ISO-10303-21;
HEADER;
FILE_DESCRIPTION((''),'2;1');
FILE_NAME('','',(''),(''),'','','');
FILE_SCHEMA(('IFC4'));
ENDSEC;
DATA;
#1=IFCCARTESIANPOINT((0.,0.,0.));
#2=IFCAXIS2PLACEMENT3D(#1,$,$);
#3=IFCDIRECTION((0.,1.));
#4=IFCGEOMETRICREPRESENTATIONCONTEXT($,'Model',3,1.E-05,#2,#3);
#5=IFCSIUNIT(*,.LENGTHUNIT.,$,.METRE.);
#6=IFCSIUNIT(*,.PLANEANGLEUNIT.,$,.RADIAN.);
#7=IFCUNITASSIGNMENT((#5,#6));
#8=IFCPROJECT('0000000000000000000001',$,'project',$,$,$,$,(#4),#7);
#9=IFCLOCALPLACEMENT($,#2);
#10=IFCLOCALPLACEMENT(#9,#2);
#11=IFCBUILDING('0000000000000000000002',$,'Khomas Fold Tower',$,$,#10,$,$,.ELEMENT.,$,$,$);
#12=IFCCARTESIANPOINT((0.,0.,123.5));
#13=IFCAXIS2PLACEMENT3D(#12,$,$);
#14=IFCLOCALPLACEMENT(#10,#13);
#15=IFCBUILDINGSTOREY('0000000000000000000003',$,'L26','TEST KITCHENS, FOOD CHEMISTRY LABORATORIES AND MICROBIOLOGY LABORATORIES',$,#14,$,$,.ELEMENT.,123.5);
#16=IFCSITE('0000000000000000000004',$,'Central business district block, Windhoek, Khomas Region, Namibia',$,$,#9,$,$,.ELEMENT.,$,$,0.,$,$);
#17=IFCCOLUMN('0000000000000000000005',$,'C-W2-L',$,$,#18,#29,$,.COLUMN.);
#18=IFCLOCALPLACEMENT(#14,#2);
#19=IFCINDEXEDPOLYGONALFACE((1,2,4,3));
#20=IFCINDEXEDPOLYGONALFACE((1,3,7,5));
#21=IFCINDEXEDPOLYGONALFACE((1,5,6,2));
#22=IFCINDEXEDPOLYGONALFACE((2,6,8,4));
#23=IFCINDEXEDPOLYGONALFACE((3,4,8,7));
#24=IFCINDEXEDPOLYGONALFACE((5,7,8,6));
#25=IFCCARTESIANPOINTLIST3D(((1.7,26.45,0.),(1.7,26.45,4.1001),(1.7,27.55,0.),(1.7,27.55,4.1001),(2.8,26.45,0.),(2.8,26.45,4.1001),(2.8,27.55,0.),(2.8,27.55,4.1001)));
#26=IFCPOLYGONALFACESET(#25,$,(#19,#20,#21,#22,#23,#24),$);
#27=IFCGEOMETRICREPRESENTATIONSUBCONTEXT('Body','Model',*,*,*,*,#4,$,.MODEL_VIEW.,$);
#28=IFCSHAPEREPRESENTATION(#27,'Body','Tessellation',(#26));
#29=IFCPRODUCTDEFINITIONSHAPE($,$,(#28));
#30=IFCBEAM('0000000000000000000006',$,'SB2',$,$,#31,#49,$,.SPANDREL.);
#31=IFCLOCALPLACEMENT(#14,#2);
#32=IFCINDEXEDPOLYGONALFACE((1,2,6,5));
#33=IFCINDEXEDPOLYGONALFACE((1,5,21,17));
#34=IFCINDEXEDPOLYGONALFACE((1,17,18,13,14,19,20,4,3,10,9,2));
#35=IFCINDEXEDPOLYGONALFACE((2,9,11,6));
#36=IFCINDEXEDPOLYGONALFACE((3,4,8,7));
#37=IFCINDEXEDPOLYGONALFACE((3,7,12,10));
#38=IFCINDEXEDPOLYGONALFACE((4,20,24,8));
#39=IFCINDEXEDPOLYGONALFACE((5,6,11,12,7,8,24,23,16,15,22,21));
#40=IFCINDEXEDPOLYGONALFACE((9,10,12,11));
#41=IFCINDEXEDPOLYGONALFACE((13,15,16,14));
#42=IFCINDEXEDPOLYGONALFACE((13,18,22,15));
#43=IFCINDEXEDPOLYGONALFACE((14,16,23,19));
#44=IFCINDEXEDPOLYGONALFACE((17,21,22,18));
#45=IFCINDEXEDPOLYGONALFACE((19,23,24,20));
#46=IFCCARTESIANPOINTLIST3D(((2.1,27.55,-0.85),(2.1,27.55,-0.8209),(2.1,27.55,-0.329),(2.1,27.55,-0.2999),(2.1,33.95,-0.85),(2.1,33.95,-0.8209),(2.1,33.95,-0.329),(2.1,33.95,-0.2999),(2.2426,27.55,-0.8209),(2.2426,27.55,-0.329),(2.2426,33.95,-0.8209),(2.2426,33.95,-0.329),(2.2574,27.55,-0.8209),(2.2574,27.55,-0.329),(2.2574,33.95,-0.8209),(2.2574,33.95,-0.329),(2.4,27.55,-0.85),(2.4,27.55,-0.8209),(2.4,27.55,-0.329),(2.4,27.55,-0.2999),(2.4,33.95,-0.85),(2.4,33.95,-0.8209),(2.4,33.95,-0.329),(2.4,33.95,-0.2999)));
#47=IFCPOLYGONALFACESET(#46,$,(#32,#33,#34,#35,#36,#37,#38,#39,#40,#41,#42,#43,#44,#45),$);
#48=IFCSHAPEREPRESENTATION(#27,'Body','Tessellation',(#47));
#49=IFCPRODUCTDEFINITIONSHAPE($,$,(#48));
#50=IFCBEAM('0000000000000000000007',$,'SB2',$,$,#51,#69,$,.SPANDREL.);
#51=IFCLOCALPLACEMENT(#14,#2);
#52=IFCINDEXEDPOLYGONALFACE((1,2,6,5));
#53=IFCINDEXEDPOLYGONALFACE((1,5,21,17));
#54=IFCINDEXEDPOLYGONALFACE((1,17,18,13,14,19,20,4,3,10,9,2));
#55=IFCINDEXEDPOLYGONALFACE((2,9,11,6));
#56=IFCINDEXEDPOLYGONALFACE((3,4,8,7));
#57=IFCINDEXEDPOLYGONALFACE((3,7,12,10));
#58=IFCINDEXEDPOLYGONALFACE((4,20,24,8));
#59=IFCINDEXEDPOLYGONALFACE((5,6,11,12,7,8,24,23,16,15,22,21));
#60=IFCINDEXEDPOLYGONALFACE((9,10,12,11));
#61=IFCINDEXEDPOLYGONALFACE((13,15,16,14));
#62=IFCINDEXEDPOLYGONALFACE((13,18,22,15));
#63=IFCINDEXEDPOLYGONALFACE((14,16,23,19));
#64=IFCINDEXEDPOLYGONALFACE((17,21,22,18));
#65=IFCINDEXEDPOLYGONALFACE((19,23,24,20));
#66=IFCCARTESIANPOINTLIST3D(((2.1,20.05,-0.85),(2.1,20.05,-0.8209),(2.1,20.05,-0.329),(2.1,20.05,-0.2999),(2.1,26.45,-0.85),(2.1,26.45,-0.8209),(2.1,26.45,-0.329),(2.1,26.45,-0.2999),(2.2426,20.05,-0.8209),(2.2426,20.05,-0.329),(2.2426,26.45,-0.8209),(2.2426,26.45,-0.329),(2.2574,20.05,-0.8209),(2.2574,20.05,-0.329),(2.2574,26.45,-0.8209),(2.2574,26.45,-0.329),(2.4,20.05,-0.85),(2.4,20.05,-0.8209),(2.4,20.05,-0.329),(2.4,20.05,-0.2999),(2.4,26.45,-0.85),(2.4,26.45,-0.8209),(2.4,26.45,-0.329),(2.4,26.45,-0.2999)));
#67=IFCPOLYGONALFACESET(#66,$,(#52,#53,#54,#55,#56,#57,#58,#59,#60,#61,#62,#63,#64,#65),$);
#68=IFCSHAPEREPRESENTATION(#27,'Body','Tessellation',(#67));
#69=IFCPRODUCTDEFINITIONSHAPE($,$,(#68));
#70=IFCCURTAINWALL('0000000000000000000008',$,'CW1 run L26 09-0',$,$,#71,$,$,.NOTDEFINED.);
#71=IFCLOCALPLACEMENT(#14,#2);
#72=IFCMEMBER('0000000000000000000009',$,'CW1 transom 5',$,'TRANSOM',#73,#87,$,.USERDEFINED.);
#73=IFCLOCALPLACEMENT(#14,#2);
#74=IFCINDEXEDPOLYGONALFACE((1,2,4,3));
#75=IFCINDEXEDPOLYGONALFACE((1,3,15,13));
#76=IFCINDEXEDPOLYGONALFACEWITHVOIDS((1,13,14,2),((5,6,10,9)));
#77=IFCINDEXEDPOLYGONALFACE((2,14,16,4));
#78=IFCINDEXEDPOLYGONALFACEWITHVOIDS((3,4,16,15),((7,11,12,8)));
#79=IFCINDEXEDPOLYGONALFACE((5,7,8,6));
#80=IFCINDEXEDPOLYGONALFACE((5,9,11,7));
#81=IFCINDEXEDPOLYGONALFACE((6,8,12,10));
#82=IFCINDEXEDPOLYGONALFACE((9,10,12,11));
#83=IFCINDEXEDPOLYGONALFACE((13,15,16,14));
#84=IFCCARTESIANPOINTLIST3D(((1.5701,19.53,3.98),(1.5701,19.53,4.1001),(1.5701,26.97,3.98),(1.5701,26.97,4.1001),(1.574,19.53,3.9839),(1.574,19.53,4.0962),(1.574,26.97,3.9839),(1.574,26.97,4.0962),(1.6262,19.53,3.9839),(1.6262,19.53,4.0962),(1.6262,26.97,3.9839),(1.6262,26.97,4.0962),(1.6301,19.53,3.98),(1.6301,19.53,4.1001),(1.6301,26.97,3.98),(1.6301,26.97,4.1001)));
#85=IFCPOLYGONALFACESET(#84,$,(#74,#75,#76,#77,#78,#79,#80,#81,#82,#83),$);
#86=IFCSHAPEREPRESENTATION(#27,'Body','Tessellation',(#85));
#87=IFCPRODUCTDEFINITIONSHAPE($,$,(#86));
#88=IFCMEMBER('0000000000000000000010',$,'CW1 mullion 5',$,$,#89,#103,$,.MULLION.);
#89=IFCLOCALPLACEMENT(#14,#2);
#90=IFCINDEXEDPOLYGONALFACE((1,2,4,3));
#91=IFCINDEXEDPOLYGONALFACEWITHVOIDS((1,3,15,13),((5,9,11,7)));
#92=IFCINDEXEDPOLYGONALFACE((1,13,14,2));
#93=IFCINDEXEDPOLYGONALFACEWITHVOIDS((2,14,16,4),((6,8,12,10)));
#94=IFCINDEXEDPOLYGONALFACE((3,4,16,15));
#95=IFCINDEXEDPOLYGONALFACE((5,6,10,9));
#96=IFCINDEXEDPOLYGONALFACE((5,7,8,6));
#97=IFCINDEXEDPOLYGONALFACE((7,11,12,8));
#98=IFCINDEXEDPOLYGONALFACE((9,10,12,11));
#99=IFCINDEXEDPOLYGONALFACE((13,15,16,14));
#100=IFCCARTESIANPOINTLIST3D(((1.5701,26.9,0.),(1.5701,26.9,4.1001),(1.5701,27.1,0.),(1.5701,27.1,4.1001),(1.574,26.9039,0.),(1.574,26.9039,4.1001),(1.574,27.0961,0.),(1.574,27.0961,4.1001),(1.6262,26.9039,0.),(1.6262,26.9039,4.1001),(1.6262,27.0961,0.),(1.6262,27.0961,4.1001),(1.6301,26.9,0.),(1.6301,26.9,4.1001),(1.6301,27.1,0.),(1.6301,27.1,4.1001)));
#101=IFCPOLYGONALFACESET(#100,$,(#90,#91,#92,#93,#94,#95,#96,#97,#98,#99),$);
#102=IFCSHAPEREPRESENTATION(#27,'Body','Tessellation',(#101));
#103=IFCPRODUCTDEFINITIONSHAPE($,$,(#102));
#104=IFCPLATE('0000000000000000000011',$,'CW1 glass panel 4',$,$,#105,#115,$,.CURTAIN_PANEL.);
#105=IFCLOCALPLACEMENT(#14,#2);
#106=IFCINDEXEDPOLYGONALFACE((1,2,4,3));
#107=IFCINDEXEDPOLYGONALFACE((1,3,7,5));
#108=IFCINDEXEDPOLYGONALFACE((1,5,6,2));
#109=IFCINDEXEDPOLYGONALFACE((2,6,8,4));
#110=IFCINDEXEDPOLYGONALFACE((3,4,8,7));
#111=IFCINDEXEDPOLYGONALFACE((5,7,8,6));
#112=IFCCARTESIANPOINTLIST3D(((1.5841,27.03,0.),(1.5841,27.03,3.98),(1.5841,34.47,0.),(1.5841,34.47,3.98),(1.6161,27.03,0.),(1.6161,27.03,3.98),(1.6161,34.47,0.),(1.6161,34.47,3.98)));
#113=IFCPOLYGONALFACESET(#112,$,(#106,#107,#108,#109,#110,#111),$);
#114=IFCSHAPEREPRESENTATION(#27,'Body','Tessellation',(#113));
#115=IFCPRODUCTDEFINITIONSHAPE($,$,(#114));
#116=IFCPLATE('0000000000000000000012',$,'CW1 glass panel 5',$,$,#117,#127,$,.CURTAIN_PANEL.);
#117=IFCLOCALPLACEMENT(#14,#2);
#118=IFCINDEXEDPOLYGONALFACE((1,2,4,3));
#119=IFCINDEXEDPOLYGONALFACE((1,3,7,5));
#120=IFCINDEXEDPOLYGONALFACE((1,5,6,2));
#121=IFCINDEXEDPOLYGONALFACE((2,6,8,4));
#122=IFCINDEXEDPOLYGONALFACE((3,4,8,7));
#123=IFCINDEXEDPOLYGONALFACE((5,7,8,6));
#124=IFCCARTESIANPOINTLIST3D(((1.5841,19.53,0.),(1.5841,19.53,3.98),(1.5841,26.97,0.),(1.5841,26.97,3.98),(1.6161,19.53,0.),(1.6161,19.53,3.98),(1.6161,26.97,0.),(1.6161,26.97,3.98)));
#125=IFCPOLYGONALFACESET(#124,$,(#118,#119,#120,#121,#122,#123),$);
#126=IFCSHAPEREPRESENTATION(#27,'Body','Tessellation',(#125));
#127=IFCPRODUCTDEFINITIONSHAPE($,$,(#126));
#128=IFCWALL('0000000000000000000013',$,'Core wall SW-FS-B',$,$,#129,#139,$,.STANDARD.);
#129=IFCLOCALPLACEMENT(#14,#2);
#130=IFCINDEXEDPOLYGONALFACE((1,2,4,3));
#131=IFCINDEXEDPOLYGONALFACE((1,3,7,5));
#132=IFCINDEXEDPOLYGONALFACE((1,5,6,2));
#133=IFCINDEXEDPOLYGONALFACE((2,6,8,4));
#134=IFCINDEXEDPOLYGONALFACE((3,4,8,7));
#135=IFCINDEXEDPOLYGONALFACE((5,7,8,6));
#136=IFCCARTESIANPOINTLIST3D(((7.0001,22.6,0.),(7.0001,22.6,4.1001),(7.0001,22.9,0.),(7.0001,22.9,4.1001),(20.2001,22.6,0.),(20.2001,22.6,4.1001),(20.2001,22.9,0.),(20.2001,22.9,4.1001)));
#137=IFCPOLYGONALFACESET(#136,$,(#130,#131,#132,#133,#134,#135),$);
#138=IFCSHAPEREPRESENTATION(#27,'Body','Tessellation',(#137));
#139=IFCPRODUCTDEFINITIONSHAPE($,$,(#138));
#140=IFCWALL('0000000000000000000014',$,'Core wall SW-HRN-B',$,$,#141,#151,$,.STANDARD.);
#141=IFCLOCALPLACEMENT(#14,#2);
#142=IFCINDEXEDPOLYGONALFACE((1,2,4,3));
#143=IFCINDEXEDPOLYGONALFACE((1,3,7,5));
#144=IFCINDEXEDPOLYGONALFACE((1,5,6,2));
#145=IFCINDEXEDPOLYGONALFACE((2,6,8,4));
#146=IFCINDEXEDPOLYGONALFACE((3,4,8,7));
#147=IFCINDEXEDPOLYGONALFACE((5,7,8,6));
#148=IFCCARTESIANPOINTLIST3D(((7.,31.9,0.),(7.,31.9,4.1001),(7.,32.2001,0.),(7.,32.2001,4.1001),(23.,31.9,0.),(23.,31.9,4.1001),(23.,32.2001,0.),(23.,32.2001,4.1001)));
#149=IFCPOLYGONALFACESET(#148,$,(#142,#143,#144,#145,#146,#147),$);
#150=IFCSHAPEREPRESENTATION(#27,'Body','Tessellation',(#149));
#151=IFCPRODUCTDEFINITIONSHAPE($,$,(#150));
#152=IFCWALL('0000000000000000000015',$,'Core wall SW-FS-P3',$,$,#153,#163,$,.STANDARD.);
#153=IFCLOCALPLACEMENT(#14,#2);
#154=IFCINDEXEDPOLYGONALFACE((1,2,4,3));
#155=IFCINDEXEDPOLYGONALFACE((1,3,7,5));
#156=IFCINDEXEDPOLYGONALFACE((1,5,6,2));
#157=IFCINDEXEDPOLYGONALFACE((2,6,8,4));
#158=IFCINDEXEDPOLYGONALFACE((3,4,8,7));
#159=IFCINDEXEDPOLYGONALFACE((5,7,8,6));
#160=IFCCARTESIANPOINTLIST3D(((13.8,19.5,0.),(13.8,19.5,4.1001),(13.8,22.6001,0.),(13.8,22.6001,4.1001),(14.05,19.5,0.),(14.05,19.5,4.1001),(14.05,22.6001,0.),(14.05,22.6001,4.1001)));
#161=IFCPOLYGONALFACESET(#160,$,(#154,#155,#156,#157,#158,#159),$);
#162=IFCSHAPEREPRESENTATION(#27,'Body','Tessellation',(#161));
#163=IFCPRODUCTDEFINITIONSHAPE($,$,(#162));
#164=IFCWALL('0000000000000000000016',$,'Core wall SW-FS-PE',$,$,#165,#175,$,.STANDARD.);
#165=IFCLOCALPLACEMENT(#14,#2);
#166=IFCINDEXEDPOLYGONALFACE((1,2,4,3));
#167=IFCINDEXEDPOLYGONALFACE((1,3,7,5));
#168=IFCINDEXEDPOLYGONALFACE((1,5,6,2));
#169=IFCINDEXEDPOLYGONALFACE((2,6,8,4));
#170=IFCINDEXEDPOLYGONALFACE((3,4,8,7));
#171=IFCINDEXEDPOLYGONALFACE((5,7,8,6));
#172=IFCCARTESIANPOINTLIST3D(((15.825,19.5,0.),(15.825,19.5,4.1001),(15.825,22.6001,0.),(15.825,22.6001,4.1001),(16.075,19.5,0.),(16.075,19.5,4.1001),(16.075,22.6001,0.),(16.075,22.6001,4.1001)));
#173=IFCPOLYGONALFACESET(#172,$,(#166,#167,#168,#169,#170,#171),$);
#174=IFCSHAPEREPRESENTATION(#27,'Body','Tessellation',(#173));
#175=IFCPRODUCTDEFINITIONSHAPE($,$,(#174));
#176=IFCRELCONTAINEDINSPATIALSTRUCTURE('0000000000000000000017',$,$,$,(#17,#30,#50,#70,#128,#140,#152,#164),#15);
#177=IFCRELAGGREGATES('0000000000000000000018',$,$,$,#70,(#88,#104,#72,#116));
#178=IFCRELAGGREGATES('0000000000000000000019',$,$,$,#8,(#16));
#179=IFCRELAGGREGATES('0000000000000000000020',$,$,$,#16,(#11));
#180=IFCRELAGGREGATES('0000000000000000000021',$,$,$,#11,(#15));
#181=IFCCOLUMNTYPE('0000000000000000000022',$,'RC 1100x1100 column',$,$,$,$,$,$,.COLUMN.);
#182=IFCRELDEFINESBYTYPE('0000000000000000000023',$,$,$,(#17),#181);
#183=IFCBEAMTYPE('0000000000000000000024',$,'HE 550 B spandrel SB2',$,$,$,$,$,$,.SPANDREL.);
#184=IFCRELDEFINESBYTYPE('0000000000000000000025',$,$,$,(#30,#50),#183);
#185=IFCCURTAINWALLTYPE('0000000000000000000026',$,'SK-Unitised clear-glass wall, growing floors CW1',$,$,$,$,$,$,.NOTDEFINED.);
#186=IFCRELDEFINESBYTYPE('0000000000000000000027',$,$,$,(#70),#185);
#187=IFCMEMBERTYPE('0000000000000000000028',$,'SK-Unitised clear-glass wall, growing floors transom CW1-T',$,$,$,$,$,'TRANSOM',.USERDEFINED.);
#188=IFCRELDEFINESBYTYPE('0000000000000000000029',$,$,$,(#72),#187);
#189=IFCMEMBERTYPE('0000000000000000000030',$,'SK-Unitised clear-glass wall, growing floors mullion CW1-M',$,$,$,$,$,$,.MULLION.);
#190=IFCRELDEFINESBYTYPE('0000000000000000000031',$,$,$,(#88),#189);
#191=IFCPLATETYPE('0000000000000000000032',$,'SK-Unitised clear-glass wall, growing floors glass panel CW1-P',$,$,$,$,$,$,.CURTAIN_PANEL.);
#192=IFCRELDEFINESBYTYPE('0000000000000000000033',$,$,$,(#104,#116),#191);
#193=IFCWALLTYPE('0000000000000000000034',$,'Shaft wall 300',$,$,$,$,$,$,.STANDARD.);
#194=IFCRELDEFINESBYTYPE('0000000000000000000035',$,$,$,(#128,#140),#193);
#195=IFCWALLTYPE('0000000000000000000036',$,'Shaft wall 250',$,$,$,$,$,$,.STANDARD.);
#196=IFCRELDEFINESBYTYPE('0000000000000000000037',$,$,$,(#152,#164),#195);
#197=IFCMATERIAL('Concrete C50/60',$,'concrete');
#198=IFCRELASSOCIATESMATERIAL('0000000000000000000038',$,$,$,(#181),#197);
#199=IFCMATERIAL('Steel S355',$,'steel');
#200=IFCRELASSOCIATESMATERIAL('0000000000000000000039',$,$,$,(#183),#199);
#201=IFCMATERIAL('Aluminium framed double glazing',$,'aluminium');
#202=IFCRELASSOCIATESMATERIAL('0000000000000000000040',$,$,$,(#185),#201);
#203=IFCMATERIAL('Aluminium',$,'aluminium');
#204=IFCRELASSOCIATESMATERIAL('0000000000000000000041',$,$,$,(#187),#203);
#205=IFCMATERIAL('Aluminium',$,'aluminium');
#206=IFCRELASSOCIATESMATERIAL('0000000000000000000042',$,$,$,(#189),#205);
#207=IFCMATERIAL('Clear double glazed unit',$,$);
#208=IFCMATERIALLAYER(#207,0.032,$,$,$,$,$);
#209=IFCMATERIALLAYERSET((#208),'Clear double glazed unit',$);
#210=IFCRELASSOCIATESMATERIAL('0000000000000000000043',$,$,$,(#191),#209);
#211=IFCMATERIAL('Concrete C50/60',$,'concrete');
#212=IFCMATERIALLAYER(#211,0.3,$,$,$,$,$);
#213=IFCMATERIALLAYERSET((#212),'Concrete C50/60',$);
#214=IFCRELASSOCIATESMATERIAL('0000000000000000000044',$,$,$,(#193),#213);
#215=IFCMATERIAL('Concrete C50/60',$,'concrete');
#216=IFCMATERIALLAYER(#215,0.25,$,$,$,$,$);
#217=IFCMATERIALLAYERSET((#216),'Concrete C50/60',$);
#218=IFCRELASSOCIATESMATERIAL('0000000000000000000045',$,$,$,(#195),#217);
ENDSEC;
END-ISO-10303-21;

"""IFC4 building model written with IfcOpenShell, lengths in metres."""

from ifc_helpers import new_model, si_unit, direction, frame, frame_2d, origin, origin_2d, place, context, subcontext, project, spatial, rectangle, hollow_rectangle, i_section, extrude, source, transform, mapped, material, layer, layer_set, material_profile, profile_set, type_object, element, aggregate, save


model = new_model("IFC4")

# Units and contexts
model_context = context("Model", 3, precision=1e-05, world=origin(), true_north=direction((0.0, 1.0)))
body_context = subcontext(model_context, "Body", "Model", "MODEL_VIEW")
ifc_project = project(units=[si_unit("LENGTHUNIT", "METRE"), si_unit("PLANEANGLEUNIT", "RADIAN")], contexts=[model_context])

# Site, building, storey
site_placement = place(None, origin())
site = spatial("IfcSite", under=ifc_project, at=site_placement, Name="Central business district block, Windhoek, Khomas Region, Namibia", CompositionType="ELEMENT", RefElevation=0.0)
building_placement = place(site_placement, origin())
building = spatial("IfcBuilding", under=site, at=building_placement, Name="Khomas Fold Tower", CompositionType="ELEMENT")
storey_placement = place(building_placement, frame((0.0, 0.0, 123.5)))
storey = spatial("IfcBuildingStorey", under=building, at=storey_placement, Name="L26", Description="TEST KITCHENS, FOOD CHEMISTRY LABORATORIES AND MICROBIOLOGY LABORATORIES", CompositionType="ELEMENT", Elevation=123.5)

# Column
ifc_material_1 = material(Name="Concrete C50/60", Category="concrete")
ifc_material_profile_1 = material_profile(ifc_material_1, rectangle(XDim=1.1001, YDim=1.1001, at=origin_2d()), Name="RC 1100x1100")
ifc_profile_set_1 = profile_set([ifc_material_profile_1], Name="Concrete C50/60")
column_type = type_object("IfcColumnType", Name="RC 1100x1100 column", PredefinedType="COLUMN", material=ifc_profile_set_1)
shared_shape_1 = source(origin(), body_context, "Body", "SweptSolid", [
    extrude(rectangle(XDim=1.1001, YDim=1.1001, at=origin_2d()), origin(), (0.0, 0.0, 1.0), 4.1001),
])
column_placement = place(storey_placement, frame((2.25, 27.0, 0.0), z_axis=(0.0, 0.0, 1.0), x_axis=(1.0, 0.0, 0.0)))
element("IfcColumn", 1, at=column_placement, inside=storey, type_object=column_type, Name="C-W2-L", PredefinedType="COLUMN", context=body_context, shape_type="MappedRepresentation", body=[
    mapped(shared_shape_1, transform((0.0, 0.0, 0.0))),
])

# Beams
ifc_material_2 = material(Name="Steel S355", Category="steel")
ifc_material_profile_2 = material_profile(ifc_material_2, i_section(OverallWidth=0.3, OverallDepth=0.55, WebThickness=0.0149, FlangeThickness=0.0291, at=origin_2d()), Name="HE 550 B")
ifc_profile_set_2 = profile_set([ifc_material_profile_2], Name="Steel S355")
beam_type = type_object("IfcBeamType", Name="HE 550 B spandrel SB2", PredefinedType="SPANDREL", material=ifc_profile_set_2)
shared_shape_2 = source(origin(), body_context, "Body", "SweptSolid", [
    extrude(i_section(OverallWidth=0.3, OverallDepth=0.55, WebThickness=0.0149, FlangeThickness=0.0291, at=origin_2d()), origin(), (0.0, 0.0, 1.0), 6.3999),
])
for number, where, z_axis, x_axis, name in (
    (2, (2.25, 27.55, -0.575), (0.0, 1.0, 0.0), (-1.0, 0.0, 0.0), "SB2"),
    (3, (2.25, 20.05, -0.575), (0.0, 1.0, 0.0), (-1.0, 0.0, 0.0), "SB2"),
):
    element("IfcBeam", number, at=place(storey_placement, frame(where, z_axis=z_axis, x_axis=x_axis)), inside=storey, type_object=beam_type, Name=name, PredefinedType="SPANDREL", context=body_context, shape_type="MappedRepresentation", body=[
        mapped(shared_shape_2, transform((0.0, 0.0, 0.0))),
    ])

# Curtain wall, members, plates
ifc_material_3 = material(Name="Aluminium framed double glazing", Category="aluminium")
curtain_wall_type = type_object("IfcCurtainWallType", Name="SK-Unitised clear-glass wall, growing floors CW1", PredefinedType="NOTDEFINED", material=ifc_material_3)
curtain_wall_placement = place(storey_placement, origin())
curtain_wall = element("IfcCurtainWall", 4, at=curtain_wall_placement, inside=storey, type_object=curtain_wall_type, Name="CW1 run L26 09-0", PredefinedType="NOTDEFINED")
ifc_material_4 = material(Name="Aluminium", Category="aluminium")
ifc_material_profile_3 = material_profile(ifc_material_4, hollow_rectangle(XDim=0.0601, YDim=0.1201, WallThickness=0.0039, at=origin_2d()), Name="SK-Unitised clear-glass wall, growing floors transom CW1-T")
ifc_profile_set_3 = profile_set([ifc_material_profile_3], Name="Aluminium")
member_type_1 = type_object("IfcMemberType", Name="SK-Unitised clear-glass wall, growing floors transom CW1-T", ElementType="TRANSOM", PredefinedType="USERDEFINED", material=ifc_profile_set_3)
shared_shape_3 = source(origin(), body_context, "Body", "SweptSolid", [
    extrude(hollow_rectangle(XDim=0.0601, YDim=0.1201, WallThickness=0.0039, at=origin_2d()), origin(), (0.0, 0.0, 1.0), 7.4399),
])
member_1_placement = place(storey_placement, frame((1.6001, 26.97, 4.04), z_axis=(0.0, -1.0, 0.0), x_axis=(1.0, 0.0, 0.0)))
member_1 = element("IfcMember", 5, at=member_1_placement, type_object=member_type_1, Name="CW1 transom 5", ObjectType="TRANSOM", PredefinedType="USERDEFINED", context=body_context, shape_type="MappedRepresentation", body=[
    mapped(shared_shape_3, transform((0.0, 0.0, 0.0))),
])
ifc_material_5 = material(Name="Aluminium", Category="aluminium")
ifc_material_profile_4 = material_profile(ifc_material_5, hollow_rectangle(XDim=0.0601, YDim=0.2, WallThickness=0.0039, at=origin_2d()), Name="SK-Unitised clear-glass wall, growing floors mullion CW1-M")
ifc_profile_set_4 = profile_set([ifc_material_profile_4], Name="Aluminium")
member_type_2 = type_object("IfcMemberType", Name="SK-Unitised clear-glass wall, growing floors mullion CW1-M", PredefinedType="MULLION", material=ifc_profile_set_4)
shared_shape_4 = source(origin(), body_context, "Body", "SweptSolid", [
    extrude(hollow_rectangle(XDim=0.0601, YDim=0.2, WallThickness=0.0039, at=origin_2d()), origin(), (0.0, 0.0, 1.0), 4.1001),
])
member_2_placement = place(storey_placement, frame((1.6001, 27.0, 0.0), z_axis=(0.0, 0.0, 1.0), x_axis=(1.0, 0.0, 0.0)))
member_2 = element("IfcMember", 6, at=member_2_placement, type_object=member_type_2, Name="CW1 mullion 5", PredefinedType="MULLION", context=body_context, shape_type="MappedRepresentation", body=[
    mapped(shared_shape_4, transform((0.0, 0.0, 0.0))),
])
ifc_material_6 = material(Name="Clear double glazed unit")
ifc_layer_1 = layer(ifc_material_6, 0.032)
ifc_layer_set_1 = layer_set([ifc_layer_1], Name="Clear double glazed unit")
plate_type = type_object("IfcPlateType", Name="SK-Unitised clear-glass wall, growing floors glass panel CW1-P", PredefinedType="CURTAIN_PANEL", material=ifc_layer_set_1)
shared_shape_5 = source(origin(), body_context, "Body", "SweptSolid", [
    extrude(rectangle(XDim=7.4399, YDim=0.032, at=origin_2d()), origin(), (0.0, 0.0, 1.0), 3.98),
])
plate_1_placement = place(storey_placement, frame((1.6001, 30.75, 0.0), z_axis=(0.0, 0.0, 1.0), x_axis=(0.0, -1.0, 0.0)))
plate_1 = element("IfcPlate", 7, at=plate_1_placement, type_object=plate_type, Name="CW1 glass panel 4", PredefinedType="CURTAIN_PANEL", context=body_context, shape_type="MappedRepresentation", body=[
    mapped(shared_shape_5, transform((0.0, 0.0, 0.0))),
])
plate_2_placement = place(storey_placement, frame((1.6001, 23.25, 0.0), z_axis=(0.0, 0.0, 1.0), x_axis=(0.0, -1.0, 0.0)))
plate_2 = element("IfcPlate", 8, at=plate_2_placement, type_object=plate_type, Name="CW1 glass panel 5", PredefinedType="CURTAIN_PANEL", context=body_context, shape_type="MappedRepresentation", body=[
    mapped(shared_shape_5, transform((0.0, 0.0, 0.0))),
])
aggregate(curtain_wall, [member_2, plate_1, member_1, plate_2])

# Walls
ifc_material_7 = material(Name="Concrete C50/60", Category="concrete")
ifc_layer_2 = layer(ifc_material_7, 0.3)
ifc_layer_set_2 = layer_set([ifc_layer_2], Name="Concrete C50/60")
wall_type_1 = type_object("IfcWallType", Name="Shaft wall 300", PredefinedType="STANDARD", material=ifc_layer_set_2)
shared_shape_6 = source(origin(), body_context, "Body", "SweptSolid", [
    extrude(rectangle(XDim=13.2, YDim=0.3, at=frame_2d((6.6001, 0.0))), origin(), (0.0, 0.0, 1.0), 4.1001),
])
wall_1_placement = place(storey_placement, frame((7.0, 22.75, 0.0), z_axis=(0.0, 0.0, 1.0), x_axis=(1.0, 0.0, 0.0)))
element("IfcWall", 9, at=wall_1_placement, inside=storey, type_object=wall_type_1, Name="Core wall SW-FS-B", PredefinedType="STANDARD", context=body_context, shape_type="MappedRepresentation", body=[
    mapped(shared_shape_6, transform((0.0, 0.0, 0.0))),
])
shared_shape_7 = source(origin(), body_context, "Body", "SweptSolid", [
    extrude(rectangle(XDim=16.0, YDim=0.3, at=frame_2d((8.0, 0.0))), origin(), (0.0, 0.0, 1.0), 4.1001),
])
wall_2_placement = place(storey_placement, frame((7.0, 32.05, 0.0), z_axis=(0.0, 0.0, 1.0), x_axis=(1.0, 0.0, 0.0)))
element("IfcWall", 10, at=wall_2_placement, inside=storey, type_object=wall_type_1, Name="Core wall SW-HRN-B", PredefinedType="STANDARD", context=body_context, shape_type="MappedRepresentation", body=[
    mapped(shared_shape_7, transform((0.0, 0.0, 0.0))),
])
ifc_material_8 = material(Name="Concrete C50/60", Category="concrete")
ifc_layer_3 = layer(ifc_material_8, 0.25)
ifc_layer_set_3 = layer_set([ifc_layer_3], Name="Concrete C50/60")
wall_type_2 = type_object("IfcWallType", Name="Shaft wall 250", PredefinedType="STANDARD", material=ifc_layer_set_3)
shared_shape_8 = source(origin(), body_context, "Body", "SweptSolid", [
    extrude(rectangle(XDim=3.1001, YDim=0.25, at=frame_2d((1.55, 0.0))), origin(), (0.0, 0.0, 1.0), 4.1001),
])
for number, where, z_axis, x_axis, name in (
    (11, (13.925, 19.5, 0.0), (0.0, 0.0, 1.0), (0.0, 1.0, 0.0), "Core wall SW-FS-P3"),
    (12, (15.95, 19.5, 0.0), (0.0, 0.0, 1.0), (0.0, 1.0, 0.0), "Core wall SW-FS-PE"),
):
    element("IfcWall", number, at=place(storey_placement, frame(where, z_axis=z_axis, x_axis=x_axis)), inside=storey, type_object=wall_type_2, Name=name, PredefinedType="STANDARD", context=body_context, shape_type="MappedRepresentation", body=[
        mapped(shared_shape_8, transform((0.0, 0.0, 0.0))),
    ])

save(model, "model.ifc")
